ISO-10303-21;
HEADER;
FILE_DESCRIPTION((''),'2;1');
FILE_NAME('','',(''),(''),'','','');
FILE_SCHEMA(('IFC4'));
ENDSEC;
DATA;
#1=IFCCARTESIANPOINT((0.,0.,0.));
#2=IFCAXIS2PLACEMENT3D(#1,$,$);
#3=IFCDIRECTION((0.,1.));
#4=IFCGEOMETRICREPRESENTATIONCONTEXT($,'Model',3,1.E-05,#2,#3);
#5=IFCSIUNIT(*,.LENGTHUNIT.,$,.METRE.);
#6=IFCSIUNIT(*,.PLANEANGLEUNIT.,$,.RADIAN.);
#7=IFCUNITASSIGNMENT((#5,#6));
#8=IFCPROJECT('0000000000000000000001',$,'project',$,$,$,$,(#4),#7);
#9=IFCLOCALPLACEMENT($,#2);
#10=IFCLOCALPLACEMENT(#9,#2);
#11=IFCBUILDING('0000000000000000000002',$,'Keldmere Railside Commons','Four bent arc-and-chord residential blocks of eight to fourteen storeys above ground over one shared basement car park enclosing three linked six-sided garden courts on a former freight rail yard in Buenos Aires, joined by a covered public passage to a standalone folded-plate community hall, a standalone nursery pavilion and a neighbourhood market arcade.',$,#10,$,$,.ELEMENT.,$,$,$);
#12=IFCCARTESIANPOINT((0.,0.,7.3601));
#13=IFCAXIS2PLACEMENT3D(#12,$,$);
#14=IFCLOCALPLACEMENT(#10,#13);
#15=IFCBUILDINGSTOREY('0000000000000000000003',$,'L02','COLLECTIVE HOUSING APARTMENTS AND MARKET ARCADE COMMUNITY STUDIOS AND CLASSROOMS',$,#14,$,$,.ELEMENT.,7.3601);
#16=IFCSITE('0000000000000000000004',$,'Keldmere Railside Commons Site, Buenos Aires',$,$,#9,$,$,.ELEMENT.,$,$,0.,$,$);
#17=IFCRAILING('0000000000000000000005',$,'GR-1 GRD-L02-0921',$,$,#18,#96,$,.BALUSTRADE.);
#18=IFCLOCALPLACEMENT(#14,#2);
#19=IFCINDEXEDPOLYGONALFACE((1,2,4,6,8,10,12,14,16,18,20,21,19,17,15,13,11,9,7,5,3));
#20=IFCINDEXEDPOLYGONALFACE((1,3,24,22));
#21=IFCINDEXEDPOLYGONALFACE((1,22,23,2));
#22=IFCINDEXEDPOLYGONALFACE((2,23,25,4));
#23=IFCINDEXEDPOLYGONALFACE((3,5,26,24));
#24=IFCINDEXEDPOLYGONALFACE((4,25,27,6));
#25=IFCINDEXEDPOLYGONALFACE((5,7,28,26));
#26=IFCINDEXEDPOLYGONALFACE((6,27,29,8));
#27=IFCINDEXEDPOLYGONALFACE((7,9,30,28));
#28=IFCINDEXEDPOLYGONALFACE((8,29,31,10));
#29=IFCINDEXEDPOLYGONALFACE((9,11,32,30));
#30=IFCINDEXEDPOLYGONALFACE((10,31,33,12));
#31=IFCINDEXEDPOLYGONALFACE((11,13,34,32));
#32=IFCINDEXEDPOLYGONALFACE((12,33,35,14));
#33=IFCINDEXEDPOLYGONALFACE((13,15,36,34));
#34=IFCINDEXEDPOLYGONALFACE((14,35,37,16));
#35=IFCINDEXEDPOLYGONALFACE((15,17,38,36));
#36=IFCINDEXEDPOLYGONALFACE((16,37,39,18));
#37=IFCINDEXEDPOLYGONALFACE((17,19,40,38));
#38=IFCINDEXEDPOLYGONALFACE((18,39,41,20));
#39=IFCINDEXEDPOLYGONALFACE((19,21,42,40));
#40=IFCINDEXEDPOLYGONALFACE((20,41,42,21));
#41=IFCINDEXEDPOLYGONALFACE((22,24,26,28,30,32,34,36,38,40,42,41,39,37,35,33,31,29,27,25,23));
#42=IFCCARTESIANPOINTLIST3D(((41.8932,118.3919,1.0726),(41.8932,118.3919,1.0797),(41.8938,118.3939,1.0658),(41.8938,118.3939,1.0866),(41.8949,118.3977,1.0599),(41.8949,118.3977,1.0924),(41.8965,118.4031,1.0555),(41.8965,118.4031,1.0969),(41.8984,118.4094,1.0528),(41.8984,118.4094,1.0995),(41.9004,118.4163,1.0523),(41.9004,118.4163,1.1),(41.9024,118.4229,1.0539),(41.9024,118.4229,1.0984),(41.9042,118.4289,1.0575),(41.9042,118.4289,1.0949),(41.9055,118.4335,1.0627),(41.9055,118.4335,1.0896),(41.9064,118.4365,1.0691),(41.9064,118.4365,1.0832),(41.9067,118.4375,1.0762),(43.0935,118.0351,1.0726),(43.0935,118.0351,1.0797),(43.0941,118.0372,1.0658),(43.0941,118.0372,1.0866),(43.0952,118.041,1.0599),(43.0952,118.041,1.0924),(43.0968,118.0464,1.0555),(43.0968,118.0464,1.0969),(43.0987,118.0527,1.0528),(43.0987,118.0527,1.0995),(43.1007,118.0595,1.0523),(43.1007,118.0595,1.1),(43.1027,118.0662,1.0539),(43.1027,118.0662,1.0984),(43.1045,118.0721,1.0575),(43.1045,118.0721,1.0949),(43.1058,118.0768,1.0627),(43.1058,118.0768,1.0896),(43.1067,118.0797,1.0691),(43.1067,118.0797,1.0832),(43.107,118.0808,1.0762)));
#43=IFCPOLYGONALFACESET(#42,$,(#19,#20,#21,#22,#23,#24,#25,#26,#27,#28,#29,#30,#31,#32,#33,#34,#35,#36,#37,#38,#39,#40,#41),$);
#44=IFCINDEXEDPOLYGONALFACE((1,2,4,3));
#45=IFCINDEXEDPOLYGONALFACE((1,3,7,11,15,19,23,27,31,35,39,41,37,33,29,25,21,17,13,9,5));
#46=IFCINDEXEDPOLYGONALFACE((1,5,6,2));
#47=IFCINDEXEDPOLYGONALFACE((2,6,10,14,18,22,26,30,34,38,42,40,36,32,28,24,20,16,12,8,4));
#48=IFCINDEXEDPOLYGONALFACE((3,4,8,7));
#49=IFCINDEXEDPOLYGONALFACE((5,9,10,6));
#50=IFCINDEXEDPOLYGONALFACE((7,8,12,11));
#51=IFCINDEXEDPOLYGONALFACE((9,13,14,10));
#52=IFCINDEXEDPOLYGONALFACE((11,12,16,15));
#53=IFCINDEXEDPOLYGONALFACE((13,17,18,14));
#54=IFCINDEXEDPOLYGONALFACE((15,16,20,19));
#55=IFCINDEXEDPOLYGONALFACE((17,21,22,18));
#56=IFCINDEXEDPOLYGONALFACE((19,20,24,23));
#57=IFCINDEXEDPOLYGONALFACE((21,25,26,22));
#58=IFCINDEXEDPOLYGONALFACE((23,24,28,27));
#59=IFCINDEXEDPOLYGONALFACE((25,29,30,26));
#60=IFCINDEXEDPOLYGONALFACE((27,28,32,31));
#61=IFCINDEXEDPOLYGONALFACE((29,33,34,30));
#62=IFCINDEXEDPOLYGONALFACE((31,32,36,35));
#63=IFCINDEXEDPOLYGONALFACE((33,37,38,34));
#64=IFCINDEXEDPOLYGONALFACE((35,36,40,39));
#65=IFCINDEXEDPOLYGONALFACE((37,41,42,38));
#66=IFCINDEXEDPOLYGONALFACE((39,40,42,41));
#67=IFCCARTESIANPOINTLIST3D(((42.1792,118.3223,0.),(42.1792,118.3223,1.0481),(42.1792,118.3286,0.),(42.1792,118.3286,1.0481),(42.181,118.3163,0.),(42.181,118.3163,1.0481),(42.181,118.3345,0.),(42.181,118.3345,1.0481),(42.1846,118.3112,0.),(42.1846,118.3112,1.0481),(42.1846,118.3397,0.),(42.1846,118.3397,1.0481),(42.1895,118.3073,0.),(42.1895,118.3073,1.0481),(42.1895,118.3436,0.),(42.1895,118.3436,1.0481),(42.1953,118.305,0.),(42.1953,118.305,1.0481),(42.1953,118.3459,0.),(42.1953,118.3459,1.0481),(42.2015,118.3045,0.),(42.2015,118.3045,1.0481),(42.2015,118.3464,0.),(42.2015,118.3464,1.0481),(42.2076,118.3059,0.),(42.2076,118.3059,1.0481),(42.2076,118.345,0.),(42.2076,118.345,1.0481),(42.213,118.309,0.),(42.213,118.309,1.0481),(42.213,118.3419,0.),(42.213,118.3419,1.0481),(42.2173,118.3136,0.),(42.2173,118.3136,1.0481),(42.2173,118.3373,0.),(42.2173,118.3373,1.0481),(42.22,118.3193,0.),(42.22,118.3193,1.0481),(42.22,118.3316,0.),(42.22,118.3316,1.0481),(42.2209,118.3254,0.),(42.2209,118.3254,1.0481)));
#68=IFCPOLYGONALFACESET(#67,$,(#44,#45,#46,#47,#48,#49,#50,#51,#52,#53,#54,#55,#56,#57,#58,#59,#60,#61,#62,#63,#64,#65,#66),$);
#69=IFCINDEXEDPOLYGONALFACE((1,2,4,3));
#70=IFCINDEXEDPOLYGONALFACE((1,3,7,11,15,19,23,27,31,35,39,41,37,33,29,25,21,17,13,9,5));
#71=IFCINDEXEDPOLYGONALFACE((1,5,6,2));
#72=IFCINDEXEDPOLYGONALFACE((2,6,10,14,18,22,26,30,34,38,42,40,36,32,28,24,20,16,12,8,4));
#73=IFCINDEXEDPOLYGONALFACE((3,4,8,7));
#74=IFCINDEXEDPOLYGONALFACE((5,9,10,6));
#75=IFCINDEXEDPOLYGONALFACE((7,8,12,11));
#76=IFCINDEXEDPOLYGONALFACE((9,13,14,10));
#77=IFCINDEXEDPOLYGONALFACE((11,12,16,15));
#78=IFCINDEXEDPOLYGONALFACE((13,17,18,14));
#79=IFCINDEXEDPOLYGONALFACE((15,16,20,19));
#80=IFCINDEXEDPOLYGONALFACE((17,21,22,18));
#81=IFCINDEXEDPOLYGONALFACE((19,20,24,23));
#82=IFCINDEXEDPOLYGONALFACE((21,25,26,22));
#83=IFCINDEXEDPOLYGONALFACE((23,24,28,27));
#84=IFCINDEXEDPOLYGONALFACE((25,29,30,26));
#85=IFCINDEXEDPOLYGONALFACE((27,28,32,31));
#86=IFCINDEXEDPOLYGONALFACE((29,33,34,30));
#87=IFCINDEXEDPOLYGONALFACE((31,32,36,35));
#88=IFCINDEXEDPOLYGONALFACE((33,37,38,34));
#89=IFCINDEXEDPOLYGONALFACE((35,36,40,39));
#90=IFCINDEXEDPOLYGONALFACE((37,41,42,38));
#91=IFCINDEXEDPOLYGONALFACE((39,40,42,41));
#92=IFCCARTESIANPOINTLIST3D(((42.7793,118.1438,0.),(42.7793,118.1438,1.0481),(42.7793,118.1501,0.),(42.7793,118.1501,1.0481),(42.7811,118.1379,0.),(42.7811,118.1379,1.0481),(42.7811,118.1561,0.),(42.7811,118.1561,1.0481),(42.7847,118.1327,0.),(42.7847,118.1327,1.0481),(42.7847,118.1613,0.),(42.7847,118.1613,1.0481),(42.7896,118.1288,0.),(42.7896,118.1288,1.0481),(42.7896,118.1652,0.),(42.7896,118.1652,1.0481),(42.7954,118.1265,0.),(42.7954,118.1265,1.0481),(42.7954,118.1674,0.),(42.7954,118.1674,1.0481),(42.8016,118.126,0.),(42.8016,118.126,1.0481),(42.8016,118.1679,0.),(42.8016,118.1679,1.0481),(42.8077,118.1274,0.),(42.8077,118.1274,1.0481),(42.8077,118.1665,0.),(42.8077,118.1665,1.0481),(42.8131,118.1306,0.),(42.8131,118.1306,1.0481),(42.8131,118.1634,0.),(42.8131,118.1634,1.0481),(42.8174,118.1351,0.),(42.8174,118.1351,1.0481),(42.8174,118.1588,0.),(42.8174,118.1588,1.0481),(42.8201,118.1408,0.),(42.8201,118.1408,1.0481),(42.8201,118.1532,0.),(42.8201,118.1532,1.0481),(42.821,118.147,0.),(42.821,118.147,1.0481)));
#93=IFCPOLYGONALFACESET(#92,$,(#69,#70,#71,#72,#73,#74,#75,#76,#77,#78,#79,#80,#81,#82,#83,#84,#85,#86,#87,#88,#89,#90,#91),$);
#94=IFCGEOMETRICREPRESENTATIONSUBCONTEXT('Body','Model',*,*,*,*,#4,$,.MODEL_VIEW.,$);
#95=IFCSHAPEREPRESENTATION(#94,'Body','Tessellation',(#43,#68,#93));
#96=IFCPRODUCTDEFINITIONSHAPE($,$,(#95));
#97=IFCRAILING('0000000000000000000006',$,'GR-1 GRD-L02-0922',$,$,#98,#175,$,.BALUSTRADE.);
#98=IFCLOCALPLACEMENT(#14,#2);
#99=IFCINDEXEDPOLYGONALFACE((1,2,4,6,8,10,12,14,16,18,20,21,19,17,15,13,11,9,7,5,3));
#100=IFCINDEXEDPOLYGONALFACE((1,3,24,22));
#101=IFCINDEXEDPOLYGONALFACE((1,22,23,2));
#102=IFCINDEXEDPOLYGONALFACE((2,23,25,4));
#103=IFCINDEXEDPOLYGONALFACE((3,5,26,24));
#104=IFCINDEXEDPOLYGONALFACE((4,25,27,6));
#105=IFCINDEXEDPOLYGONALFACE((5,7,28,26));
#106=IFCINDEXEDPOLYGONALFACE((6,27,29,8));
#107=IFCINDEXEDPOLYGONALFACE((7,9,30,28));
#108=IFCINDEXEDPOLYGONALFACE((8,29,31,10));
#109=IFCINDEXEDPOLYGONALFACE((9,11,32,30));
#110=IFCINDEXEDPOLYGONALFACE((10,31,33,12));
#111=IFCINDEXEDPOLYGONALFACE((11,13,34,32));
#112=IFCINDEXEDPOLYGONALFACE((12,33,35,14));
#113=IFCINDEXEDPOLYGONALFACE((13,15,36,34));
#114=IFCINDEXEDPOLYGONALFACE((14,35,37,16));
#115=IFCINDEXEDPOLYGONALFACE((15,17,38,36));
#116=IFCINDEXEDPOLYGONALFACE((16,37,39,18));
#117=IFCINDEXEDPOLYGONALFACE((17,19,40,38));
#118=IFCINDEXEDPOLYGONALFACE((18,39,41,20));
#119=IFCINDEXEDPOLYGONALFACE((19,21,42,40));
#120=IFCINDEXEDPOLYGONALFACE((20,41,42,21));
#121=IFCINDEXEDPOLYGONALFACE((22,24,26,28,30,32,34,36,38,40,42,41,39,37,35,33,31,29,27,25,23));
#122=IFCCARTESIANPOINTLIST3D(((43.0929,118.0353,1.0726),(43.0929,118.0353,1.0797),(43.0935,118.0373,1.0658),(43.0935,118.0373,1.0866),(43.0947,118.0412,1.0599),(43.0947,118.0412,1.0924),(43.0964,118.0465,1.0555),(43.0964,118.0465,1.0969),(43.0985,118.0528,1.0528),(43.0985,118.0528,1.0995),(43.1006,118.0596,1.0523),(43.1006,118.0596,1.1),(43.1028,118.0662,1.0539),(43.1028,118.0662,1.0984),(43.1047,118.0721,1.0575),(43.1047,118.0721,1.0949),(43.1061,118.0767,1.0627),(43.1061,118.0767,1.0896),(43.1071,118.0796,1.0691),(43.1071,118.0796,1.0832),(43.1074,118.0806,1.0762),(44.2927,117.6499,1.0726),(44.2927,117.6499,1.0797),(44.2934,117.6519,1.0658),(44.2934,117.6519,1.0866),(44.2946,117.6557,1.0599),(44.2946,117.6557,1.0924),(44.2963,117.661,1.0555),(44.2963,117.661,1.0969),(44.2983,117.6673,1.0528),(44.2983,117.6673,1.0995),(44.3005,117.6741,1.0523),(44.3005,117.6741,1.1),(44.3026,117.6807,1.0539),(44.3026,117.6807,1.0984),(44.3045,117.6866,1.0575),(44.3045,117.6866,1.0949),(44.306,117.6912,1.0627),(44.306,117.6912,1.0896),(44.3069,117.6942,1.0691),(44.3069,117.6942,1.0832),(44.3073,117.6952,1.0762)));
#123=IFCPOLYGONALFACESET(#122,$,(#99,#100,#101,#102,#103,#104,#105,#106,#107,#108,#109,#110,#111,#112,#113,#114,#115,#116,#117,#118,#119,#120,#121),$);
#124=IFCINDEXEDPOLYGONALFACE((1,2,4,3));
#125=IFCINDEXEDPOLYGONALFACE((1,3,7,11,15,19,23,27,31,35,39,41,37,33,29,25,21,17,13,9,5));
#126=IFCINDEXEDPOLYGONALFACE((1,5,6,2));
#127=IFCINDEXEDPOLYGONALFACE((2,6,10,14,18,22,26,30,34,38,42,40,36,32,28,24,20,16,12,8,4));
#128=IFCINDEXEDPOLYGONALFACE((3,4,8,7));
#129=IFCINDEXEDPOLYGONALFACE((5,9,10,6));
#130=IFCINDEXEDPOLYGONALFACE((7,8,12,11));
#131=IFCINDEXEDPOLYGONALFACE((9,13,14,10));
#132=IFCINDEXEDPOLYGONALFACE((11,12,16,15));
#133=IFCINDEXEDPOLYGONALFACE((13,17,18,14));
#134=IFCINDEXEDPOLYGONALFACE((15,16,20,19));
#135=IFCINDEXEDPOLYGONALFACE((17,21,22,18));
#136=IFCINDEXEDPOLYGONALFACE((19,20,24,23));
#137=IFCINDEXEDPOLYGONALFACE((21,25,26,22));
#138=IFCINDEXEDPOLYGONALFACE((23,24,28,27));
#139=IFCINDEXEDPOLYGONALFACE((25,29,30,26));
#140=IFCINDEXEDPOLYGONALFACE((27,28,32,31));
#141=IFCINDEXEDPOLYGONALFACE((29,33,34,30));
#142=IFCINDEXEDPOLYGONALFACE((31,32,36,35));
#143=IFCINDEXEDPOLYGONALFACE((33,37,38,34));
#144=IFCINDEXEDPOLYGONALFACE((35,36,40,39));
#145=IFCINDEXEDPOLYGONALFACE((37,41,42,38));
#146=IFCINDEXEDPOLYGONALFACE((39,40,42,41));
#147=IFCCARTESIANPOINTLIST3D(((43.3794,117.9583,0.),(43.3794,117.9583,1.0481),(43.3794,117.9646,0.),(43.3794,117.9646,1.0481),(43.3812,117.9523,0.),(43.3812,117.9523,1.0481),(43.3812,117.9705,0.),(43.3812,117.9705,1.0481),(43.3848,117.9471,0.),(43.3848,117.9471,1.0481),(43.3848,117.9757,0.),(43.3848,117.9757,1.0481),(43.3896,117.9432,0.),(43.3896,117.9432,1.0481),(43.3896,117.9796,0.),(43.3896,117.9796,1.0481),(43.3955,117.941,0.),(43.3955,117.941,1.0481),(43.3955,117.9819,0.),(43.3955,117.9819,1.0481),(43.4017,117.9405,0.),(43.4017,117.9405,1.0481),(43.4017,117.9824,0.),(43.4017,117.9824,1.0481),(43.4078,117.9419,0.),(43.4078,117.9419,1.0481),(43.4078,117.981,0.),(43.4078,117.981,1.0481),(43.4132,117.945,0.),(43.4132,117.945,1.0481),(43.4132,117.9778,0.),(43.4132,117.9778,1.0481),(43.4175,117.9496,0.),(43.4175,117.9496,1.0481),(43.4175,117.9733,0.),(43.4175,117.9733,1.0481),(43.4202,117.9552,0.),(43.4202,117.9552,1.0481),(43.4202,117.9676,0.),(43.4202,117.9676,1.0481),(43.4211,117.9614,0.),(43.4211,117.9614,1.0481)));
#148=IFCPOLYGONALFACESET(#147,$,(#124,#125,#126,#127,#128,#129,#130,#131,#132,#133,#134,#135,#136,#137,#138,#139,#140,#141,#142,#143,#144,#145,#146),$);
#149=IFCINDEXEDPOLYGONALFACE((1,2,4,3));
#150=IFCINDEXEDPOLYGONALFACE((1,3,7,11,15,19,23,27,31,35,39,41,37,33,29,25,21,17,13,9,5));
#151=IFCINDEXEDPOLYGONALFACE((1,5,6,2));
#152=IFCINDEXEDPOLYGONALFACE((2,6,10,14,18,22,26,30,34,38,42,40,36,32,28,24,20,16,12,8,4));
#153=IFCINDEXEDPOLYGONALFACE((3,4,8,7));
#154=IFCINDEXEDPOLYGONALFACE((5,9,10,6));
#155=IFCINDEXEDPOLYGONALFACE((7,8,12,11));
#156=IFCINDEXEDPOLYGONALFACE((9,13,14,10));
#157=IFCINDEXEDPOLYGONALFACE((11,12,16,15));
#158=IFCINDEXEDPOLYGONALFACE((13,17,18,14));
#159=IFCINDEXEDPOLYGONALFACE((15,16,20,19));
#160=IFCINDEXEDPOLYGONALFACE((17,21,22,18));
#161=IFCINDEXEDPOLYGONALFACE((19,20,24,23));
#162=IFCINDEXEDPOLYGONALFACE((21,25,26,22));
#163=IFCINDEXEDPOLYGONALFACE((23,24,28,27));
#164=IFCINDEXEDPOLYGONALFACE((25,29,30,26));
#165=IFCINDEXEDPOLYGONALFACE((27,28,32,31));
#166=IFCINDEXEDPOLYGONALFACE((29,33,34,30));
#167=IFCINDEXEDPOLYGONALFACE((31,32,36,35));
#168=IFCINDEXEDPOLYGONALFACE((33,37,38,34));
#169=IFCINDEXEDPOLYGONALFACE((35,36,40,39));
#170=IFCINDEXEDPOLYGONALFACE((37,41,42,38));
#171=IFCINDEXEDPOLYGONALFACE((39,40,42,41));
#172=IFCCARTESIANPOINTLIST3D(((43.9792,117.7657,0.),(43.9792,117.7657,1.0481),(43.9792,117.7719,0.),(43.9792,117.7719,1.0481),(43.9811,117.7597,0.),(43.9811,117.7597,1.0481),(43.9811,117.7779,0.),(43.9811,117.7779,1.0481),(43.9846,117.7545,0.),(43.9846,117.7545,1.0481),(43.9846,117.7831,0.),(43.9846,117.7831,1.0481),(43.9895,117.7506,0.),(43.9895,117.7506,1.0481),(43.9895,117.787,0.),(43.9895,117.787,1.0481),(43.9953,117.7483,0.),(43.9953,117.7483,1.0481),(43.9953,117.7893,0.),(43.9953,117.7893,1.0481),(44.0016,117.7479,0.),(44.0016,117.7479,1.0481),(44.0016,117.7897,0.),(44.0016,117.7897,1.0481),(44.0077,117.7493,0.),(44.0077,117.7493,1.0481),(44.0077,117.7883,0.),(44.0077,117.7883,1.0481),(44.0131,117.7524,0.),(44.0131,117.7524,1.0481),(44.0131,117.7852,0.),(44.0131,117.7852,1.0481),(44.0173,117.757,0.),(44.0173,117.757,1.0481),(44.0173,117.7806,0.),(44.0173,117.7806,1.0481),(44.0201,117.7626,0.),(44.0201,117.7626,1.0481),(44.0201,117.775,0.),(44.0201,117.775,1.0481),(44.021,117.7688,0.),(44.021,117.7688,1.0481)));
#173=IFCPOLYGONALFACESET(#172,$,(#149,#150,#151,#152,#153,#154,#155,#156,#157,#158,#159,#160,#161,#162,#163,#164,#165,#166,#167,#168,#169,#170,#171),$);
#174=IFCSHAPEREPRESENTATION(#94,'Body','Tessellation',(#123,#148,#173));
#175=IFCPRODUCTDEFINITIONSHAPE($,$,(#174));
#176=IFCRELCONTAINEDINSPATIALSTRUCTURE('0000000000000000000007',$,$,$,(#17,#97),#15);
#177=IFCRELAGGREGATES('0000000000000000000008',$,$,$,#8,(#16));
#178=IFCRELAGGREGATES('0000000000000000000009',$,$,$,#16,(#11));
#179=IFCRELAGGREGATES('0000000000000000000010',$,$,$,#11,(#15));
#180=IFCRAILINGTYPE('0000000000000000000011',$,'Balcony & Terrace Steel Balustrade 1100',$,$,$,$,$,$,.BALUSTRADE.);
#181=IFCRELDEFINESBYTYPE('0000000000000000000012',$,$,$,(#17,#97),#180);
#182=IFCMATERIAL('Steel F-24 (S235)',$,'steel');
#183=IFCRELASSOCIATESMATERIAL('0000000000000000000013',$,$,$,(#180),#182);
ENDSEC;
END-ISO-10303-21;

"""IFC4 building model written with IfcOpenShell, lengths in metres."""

from ifc_helpers import new_model, si_unit, direction, frame, origin, origin_2d, place, context, subcontext, project, spatial, circle, extrude, material, type_object, element, save


model = new_model("IFC4")

# Units and contexts
model_context = context("Model", 3, precision=1e-05, world=origin(), true_north=direction((0.0, 1.0)))
body_context = subcontext(model_context, "Body", "Model", "MODEL_VIEW")
ifc_project = project(units=[si_unit("LENGTHUNIT", "METRE"), si_unit("PLANEANGLEUNIT", "RADIAN")], contexts=[model_context])

# Site, building, storey
site_placement = place(None, origin())
site = spatial("IfcSite", under=ifc_project, at=site_placement, Name="Keldmere Railside Commons Site, Buenos Aires", CompositionType="ELEMENT", RefElevation=0.0)
building_placement = place(site_placement, origin())
building = spatial("IfcBuilding", under=site, at=building_placement, Name="Keldmere Railside Commons", Description="Four bent arc-and-chord residential blocks of eight to fourteen storeys above ground over one shared basement car park enclosing three linked six-sided garden courts on a former freight rail yard in Buenos Aires, joined by a covered public passage to a standalone folded-plate community hall, a standalone nursery pavilion and a neighbourhood market arcade.", CompositionType="ELEMENT")
storey_placement = place(building_placement, frame((0.0, 0.0, 7.3601)))
storey = spatial("IfcBuildingStorey", under=building, at=storey_placement, Name="L02", Description="COLLECTIVE HOUSING APARTMENTS AND MARKET ARCADE COMMUNITY STUDIOS AND CLASSROOMS", CompositionType="ELEMENT", Elevation=7.3601)

# Railings
ifc_material_1 = material(Name="Steel F-24 (S235)", Category="steel")
railing_type = type_object("IfcRailingType", Name="Balcony & Terrace Steel Balustrade 1100", PredefinedType="BALUSTRADE", material=ifc_material_1)
railing_1_placement = place(storey_placement, frame((41.8999, 118.4146, 0.0)))
element("IfcRailing", 1, at=railing_1_placement, inside=storey, type_object=railing_type, Name="GR-1 GRD-L02-0921", PredefinedType="BALUSTRADE", context=body_context, shape_type="SweptSolid", body=[
    extrude(circle(Radius=0.0239, at=origin_2d()), frame((0.0, 0.0, 1.0762), z_axis=(0.958564, -0.284878, 0.0), x_axis=(0.284878, 0.958564, 0.0)), (0.0, 0.0, 1.0), 1.2522),
    extrude(circle(Radius=0.021, at=origin_2d()), frame((0.3, -0.0891, 0.0)), (0.0, 0.0, 1.0), 1.0481),
    extrude(circle(Radius=0.021, at=origin_2d()), frame((0.9001, -0.2676, 0.0)), (0.0, 0.0, 1.0), 1.0481),
])
railing_2_placement = place(storey_placement, frame((43.1001, 118.0579, 0.0)))
element("IfcRailing", 2, at=railing_2_placement, inside=storey, type_object=railing_type, Name="GR-1 GRD-L02-0922", PredefinedType="BALUSTRADE", context=body_context, shape_type="SweptSolid", body=[
    extrude(circle(Radius=0.0239, at=origin_2d()), frame((0.0, 0.0, 1.0762), z_axis=(0.952075, -0.305865, 0.0), x_axis=(0.305865, 0.952075, 0.0)), (0.0, 0.0, 1.0), 1.2603),
    extrude(circle(Radius=0.021, at=origin_2d()), frame((0.3, -0.0964, 0.0)), (0.0, 0.0, 1.0), 1.0481),
    extrude(circle(Radius=0.021, at=origin_2d()), frame((0.8999, -0.2891, 0.0)), (0.0, 0.0, 1.0), 1.0481),
])

save(model, "model.ifc")
